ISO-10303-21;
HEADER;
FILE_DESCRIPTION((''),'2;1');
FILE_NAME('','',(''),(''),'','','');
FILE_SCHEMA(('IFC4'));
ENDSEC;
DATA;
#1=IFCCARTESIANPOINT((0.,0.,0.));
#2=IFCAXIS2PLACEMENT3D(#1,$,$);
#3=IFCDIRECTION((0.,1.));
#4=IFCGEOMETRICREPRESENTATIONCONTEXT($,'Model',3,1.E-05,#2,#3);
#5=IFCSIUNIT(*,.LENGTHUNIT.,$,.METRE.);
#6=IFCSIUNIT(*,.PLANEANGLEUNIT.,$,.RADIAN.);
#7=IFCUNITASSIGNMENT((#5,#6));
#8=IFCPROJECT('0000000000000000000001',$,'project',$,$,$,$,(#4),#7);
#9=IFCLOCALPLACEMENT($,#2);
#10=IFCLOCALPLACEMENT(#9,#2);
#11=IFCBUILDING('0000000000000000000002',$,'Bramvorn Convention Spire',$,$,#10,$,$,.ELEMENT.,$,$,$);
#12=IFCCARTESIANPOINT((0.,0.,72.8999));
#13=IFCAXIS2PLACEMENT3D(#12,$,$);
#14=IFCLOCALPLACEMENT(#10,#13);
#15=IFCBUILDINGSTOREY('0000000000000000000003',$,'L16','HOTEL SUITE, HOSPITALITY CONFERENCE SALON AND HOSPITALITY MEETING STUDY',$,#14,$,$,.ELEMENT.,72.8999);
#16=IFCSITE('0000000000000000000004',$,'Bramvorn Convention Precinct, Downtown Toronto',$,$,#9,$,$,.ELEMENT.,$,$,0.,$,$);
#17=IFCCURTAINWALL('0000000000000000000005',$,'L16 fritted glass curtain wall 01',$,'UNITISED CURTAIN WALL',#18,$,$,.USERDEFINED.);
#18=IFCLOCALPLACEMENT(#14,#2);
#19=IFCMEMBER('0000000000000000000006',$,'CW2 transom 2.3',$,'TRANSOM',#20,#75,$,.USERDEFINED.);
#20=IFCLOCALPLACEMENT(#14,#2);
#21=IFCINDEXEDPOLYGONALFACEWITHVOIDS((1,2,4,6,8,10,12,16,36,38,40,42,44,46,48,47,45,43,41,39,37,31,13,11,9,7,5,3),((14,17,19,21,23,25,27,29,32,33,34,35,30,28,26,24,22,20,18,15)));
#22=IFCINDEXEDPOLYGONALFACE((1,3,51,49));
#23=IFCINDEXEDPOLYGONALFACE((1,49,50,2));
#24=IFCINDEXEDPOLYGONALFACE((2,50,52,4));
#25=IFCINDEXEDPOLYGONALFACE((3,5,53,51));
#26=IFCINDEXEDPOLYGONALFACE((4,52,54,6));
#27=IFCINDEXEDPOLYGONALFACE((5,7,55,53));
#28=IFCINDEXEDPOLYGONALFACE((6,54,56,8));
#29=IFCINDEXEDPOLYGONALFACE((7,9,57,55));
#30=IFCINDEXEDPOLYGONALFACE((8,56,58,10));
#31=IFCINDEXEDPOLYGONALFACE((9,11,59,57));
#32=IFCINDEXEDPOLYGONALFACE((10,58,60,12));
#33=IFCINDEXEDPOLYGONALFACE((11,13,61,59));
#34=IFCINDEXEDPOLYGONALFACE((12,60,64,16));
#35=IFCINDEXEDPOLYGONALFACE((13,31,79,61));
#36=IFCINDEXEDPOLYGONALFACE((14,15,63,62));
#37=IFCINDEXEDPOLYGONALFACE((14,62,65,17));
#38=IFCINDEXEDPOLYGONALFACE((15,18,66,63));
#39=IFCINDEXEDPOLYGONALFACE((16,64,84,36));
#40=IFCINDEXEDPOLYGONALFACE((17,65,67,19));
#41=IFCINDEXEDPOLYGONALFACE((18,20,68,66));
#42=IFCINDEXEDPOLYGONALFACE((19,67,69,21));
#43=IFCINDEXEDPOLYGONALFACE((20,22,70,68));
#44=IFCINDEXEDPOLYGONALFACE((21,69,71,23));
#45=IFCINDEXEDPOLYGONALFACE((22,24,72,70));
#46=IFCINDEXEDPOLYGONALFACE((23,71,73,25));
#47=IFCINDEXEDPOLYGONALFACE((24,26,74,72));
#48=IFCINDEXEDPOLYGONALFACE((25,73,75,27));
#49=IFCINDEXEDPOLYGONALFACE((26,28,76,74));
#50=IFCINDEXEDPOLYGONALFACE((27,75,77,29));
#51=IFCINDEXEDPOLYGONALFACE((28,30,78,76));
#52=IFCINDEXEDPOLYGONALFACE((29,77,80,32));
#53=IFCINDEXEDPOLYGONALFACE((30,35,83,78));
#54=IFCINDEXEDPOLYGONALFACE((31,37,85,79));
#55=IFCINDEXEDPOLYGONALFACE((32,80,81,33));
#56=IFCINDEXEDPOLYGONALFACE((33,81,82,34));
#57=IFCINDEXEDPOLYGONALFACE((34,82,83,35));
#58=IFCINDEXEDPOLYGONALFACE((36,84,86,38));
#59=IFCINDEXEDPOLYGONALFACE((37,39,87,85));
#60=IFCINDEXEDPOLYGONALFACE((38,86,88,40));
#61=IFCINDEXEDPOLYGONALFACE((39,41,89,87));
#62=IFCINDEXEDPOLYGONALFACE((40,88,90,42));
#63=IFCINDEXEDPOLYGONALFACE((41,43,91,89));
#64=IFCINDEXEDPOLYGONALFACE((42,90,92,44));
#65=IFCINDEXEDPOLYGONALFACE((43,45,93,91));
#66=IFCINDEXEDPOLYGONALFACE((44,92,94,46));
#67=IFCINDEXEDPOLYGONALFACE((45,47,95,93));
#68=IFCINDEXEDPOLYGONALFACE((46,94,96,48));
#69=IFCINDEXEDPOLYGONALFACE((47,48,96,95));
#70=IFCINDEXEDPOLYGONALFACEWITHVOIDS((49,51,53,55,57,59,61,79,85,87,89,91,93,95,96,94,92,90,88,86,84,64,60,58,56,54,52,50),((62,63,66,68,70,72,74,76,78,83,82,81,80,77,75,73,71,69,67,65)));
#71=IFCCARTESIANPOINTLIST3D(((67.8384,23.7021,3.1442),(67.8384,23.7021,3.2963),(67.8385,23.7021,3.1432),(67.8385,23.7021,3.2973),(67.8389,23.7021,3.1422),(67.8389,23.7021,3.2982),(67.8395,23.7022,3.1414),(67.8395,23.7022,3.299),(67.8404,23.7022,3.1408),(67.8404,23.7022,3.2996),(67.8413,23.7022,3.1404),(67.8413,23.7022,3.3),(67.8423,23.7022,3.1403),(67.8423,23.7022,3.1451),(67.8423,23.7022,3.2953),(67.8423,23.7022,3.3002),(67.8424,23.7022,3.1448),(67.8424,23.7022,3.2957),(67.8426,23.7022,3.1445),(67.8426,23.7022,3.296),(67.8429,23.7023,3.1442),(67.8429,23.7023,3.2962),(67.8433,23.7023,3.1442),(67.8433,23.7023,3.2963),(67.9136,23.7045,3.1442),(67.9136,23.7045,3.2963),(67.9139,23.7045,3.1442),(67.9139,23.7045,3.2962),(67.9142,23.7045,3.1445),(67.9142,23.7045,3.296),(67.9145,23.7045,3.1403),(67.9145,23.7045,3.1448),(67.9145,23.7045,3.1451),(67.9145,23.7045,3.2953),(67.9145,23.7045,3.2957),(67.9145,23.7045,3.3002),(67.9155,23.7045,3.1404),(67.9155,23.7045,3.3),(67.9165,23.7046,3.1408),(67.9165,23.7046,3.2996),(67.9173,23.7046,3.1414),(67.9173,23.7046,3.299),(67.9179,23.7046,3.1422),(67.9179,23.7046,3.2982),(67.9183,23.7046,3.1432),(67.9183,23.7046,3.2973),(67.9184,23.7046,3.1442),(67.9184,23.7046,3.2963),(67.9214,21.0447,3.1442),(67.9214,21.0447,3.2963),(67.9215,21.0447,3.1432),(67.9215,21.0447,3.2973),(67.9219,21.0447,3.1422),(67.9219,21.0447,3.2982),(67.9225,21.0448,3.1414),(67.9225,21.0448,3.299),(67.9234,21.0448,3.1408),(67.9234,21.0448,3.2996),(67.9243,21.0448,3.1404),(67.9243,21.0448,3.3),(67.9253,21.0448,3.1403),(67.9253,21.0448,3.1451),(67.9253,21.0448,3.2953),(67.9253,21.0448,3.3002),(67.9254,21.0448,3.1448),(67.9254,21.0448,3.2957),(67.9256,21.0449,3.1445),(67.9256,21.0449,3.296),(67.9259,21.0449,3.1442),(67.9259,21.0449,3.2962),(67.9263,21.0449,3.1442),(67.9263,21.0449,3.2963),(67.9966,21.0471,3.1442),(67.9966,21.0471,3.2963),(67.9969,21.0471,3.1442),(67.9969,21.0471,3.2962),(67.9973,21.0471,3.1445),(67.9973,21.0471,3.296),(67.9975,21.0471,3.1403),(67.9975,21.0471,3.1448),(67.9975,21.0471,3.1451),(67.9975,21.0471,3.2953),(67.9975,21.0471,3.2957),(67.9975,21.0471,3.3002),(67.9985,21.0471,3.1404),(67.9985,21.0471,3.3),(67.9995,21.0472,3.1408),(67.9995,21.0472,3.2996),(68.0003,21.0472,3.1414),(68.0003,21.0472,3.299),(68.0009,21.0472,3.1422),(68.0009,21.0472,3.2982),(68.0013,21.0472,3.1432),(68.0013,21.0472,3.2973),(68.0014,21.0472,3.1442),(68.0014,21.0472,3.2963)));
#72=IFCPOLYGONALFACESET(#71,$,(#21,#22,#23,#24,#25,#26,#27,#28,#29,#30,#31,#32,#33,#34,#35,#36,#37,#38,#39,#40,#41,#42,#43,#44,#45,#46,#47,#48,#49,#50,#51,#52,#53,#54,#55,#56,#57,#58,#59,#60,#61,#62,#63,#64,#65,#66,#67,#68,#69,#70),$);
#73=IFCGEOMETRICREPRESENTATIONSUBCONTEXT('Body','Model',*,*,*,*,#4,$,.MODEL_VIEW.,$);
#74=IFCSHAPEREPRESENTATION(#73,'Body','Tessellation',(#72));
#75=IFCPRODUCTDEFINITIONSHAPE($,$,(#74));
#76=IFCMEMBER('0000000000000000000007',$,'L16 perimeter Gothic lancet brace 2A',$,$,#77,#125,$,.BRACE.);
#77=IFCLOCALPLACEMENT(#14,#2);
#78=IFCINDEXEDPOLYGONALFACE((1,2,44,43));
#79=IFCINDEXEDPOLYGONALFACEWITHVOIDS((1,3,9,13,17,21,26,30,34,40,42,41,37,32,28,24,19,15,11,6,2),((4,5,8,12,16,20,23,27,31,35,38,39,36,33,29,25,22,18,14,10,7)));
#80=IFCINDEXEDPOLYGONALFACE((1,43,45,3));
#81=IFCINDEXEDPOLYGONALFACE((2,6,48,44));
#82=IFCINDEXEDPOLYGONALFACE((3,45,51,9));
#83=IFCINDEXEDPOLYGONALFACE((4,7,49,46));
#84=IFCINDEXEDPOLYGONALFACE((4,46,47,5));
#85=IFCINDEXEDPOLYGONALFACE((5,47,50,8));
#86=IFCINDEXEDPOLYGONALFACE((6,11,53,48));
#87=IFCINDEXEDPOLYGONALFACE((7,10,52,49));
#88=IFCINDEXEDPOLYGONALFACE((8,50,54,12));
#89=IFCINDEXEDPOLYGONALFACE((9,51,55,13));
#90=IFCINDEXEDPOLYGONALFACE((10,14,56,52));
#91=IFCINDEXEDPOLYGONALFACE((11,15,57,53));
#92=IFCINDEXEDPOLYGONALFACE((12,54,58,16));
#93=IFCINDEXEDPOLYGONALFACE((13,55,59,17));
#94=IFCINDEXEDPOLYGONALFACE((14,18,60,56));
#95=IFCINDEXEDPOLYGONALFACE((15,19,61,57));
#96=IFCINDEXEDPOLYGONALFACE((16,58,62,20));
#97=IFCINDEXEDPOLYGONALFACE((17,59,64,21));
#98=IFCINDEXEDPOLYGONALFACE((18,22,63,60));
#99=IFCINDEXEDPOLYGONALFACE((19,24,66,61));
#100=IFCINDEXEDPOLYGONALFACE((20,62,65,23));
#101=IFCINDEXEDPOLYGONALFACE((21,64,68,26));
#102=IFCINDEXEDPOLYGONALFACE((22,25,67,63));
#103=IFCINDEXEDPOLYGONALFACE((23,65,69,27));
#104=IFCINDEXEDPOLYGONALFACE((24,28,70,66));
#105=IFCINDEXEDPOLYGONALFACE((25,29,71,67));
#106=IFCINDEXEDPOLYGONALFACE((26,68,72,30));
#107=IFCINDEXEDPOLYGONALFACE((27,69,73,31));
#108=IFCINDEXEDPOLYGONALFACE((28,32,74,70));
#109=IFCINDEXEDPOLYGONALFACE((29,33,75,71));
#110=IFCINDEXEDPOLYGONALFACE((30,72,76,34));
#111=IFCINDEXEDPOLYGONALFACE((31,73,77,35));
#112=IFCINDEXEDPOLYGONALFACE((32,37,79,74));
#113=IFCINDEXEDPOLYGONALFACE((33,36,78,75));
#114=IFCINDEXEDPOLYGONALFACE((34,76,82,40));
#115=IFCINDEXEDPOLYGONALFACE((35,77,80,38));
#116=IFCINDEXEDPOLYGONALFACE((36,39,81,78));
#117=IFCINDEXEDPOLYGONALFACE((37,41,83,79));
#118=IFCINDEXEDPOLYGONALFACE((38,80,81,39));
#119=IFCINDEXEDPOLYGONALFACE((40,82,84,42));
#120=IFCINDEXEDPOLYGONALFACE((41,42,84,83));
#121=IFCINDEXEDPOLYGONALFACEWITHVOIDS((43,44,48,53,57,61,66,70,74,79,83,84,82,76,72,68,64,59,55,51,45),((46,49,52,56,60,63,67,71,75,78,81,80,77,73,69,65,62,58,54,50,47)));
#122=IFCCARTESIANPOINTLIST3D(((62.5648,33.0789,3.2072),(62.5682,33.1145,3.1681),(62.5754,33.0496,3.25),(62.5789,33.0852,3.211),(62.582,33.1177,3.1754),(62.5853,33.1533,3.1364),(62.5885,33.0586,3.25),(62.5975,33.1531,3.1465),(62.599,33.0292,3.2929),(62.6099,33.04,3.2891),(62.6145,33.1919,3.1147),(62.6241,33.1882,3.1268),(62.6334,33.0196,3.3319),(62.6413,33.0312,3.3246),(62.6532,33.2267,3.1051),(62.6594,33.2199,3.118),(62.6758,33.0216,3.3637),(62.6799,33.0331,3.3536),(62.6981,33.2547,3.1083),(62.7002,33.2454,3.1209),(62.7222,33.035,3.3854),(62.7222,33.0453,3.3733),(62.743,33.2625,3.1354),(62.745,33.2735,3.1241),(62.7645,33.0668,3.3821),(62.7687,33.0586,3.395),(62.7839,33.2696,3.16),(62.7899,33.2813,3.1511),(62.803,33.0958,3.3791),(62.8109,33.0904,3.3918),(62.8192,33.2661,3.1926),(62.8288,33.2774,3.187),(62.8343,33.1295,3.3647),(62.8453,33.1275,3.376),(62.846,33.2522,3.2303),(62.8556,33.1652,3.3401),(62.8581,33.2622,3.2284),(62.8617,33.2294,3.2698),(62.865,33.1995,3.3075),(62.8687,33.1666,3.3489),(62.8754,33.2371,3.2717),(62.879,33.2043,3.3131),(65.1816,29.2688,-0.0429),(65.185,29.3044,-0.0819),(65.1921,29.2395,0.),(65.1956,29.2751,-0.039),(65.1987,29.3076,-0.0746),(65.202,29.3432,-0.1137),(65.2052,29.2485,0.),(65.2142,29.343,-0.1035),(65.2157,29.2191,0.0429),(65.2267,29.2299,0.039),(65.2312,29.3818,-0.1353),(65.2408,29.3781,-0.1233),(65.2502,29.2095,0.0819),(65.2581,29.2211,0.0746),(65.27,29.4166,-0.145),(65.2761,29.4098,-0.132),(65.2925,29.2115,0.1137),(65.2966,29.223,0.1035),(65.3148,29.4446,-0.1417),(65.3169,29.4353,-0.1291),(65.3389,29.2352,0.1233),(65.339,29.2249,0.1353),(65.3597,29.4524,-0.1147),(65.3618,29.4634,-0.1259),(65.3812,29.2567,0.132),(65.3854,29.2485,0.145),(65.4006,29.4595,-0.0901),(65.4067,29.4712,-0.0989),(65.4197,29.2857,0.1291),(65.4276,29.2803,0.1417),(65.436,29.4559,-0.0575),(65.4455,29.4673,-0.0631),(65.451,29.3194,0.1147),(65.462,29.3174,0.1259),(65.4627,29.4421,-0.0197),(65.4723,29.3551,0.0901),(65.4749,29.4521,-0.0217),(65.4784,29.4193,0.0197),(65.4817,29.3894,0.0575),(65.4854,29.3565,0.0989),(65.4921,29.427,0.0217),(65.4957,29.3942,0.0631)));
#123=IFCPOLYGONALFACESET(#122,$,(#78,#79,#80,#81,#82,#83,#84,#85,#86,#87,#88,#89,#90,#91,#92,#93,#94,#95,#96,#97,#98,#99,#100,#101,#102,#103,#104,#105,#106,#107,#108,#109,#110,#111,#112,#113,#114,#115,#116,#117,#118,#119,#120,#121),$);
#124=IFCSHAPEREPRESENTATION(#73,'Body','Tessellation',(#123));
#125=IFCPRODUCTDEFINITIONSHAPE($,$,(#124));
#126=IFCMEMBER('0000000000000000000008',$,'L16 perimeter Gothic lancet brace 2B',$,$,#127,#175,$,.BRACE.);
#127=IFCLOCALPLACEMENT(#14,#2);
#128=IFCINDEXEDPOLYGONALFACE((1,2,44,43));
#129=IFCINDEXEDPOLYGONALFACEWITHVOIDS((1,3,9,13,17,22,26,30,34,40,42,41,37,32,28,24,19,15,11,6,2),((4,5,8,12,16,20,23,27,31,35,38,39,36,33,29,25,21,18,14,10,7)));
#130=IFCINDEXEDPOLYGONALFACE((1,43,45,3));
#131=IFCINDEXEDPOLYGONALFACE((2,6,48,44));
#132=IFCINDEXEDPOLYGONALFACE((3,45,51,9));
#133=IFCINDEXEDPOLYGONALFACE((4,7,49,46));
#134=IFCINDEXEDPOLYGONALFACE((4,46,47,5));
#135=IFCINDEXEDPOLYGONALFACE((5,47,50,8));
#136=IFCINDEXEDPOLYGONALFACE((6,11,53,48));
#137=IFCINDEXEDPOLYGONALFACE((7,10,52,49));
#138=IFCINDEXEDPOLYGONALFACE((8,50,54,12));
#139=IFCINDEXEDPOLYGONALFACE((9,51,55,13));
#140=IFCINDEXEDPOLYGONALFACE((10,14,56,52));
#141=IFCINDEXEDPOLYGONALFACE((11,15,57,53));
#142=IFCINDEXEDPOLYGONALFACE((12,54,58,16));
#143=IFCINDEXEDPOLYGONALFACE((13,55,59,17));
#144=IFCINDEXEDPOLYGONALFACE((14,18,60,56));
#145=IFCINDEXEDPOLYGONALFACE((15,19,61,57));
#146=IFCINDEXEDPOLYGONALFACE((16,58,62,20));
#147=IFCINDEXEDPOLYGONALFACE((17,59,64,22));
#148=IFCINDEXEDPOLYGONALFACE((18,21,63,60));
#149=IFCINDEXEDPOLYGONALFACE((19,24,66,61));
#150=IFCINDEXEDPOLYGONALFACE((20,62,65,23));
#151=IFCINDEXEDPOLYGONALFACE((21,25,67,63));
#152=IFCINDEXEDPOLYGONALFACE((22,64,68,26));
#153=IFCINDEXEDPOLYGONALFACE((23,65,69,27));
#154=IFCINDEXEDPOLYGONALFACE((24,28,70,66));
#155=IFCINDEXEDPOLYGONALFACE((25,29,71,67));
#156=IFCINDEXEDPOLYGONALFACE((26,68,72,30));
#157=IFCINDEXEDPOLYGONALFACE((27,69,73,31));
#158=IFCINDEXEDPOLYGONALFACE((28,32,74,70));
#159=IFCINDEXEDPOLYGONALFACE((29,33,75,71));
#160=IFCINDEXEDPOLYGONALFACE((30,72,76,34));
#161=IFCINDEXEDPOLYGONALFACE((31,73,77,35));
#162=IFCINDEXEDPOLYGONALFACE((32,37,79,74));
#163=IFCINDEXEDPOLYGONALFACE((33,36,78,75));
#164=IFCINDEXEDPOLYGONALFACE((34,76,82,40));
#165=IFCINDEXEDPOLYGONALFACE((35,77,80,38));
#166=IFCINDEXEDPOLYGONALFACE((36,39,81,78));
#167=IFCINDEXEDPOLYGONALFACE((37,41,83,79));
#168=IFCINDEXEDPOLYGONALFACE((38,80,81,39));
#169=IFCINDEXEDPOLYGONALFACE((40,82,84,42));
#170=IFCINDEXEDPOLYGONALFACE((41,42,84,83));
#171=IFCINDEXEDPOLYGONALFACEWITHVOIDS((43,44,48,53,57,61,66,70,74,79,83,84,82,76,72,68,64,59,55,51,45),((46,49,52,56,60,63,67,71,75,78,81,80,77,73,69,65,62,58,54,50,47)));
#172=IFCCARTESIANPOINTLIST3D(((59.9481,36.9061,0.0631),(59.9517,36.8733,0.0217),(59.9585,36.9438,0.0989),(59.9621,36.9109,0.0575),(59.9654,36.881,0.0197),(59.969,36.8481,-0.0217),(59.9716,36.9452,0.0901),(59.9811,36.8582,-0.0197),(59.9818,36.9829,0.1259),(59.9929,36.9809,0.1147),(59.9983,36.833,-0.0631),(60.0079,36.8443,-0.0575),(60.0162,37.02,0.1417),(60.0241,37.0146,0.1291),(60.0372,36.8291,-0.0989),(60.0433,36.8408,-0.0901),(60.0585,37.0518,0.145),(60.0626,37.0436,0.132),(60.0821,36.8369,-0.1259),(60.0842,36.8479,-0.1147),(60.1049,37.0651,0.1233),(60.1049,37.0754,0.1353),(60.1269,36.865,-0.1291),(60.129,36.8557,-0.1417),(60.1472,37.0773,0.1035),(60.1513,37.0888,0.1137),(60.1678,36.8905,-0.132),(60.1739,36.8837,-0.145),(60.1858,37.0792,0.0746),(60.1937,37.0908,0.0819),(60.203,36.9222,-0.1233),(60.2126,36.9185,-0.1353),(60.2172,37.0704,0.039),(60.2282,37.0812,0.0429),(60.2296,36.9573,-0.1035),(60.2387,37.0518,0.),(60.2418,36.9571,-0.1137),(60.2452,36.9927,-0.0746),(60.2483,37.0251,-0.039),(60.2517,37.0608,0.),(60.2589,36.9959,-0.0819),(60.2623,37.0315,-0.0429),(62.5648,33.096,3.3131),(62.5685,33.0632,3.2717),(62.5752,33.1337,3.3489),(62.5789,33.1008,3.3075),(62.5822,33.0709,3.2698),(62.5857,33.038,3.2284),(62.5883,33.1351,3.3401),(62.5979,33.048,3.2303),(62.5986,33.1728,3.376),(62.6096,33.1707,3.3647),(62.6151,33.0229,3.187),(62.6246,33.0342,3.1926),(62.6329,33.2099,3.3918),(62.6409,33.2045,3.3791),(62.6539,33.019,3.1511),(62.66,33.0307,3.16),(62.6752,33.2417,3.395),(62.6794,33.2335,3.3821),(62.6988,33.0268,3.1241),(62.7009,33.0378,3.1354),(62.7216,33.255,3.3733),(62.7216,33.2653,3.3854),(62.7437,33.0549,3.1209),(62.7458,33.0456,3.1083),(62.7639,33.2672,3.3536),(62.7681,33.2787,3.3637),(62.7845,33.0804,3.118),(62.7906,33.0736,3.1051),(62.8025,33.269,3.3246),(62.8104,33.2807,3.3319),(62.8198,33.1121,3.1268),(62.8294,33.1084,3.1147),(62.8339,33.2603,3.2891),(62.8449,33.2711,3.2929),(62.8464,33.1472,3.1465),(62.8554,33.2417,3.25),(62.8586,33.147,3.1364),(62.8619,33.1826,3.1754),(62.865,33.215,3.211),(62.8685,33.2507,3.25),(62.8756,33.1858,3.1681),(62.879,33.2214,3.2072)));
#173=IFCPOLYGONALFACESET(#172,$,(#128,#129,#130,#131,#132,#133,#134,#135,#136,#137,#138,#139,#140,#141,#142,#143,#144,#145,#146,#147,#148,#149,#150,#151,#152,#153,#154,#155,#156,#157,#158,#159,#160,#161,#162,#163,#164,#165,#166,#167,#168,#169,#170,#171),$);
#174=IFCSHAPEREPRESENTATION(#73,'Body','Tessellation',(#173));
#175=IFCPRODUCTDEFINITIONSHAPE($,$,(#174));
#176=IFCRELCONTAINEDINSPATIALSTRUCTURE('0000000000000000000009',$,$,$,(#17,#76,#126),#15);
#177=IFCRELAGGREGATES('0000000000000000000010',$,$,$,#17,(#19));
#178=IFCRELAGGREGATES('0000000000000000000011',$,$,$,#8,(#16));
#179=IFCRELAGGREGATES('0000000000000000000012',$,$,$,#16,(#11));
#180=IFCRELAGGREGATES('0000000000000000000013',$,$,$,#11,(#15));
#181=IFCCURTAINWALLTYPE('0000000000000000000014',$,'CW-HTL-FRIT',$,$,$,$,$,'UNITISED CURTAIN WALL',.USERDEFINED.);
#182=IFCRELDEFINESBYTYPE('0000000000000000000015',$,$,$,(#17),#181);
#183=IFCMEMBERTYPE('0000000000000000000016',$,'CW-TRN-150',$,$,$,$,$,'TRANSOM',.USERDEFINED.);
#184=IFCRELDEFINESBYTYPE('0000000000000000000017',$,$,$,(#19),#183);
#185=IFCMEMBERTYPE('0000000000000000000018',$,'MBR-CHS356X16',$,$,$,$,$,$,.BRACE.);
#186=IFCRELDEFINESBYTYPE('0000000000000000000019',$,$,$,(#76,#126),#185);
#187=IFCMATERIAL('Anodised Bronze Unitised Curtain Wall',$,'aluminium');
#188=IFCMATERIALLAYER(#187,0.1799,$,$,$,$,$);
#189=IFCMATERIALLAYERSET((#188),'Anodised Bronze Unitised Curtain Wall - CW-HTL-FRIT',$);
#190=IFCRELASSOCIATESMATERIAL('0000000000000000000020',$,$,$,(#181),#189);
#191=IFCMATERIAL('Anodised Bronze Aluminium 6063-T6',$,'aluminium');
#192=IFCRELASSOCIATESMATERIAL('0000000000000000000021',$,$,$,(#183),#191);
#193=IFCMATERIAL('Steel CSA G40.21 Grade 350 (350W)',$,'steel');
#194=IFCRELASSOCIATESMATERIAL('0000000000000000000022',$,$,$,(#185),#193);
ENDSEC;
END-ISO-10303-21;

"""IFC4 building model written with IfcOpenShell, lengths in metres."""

from ifc_helpers import new_model, si_unit, direction, frame, origin, origin_2d, place, context, subcontext, project, spatial, hollow_rectangle, hollow_circle, extrude, material, layer, layer_set, material_profile, profile_set, type_object, element, aggregate, save


model = new_model("IFC4")

# Units and contexts
model_context = context("Model", 3, precision=1e-05, world=origin(), true_north=direction((0.0, 1.0)))
body_context = subcontext(model_context, "Body", "Model", "MODEL_VIEW")
ifc_project = project(units=[si_unit("LENGTHUNIT", "METRE"), si_unit("PLANEANGLEUNIT", "RADIAN")], contexts=[model_context])

# Site, building, storey
site_placement = place(None, origin())
site = spatial("IfcSite", under=ifc_project, at=site_placement, Name="Bramvorn Convention Precinct, Downtown Toronto", CompositionType="ELEMENT", RefElevation=0.0)
building_placement = place(site_placement, origin())
building = spatial("IfcBuilding", under=site, at=building_placement, Name="Bramvorn Convention Spire", CompositionType="ELEMENT")
storey_placement = place(building_placement, frame((0.0, 0.0, 72.8999)))
storey = spatial("IfcBuildingStorey", under=building, at=storey_placement, Name="L16", Description="HOTEL SUITE, HOSPITALITY CONFERENCE SALON AND HOSPITALITY MEETING STUDY", CompositionType="ELEMENT", Elevation=72.8999)

# Shared definitions
ifc_material_1 = material(Name="Steel CSA G40.21 Grade 350 (350W)", Category="steel")

# Curtain wall
ifc_material_2 = material(Name="Anodised Bronze Unitised Curtain Wall", Category="aluminium")
ifc_layer_1 = layer(ifc_material_2, 0.1799)
ifc_layer_set_1 = layer_set([ifc_layer_1], Name="Anodised Bronze Unitised Curtain Wall - CW-HTL-FRIT")
curtain_wall_type = type_object("IfcCurtainWallType", Name="CW-HTL-FRIT", ElementType="UNITISED CURTAIN WALL", PredefinedType="USERDEFINED", material=ifc_layer_set_1)
curtain_wall_1_placement = place(storey_placement, origin())
curtain_wall_1 = element("IfcCurtainWall", 1, at=curtain_wall_1_placement, inside=storey, type_object=curtain_wall_type, Name="L16 fritted glass curtain wall 01", ObjectType="UNITISED CURTAIN WALL", PredefinedType="USERDEFINED")
ifc_material_3 = material(Name="Anodised Bronze Aluminium 6063-T6", Category="aluminium")

# Member
ifc_material_profile_1 = material_profile(ifc_material_3, hollow_rectangle(XDim=0.0801, YDim=0.1599, WallThickness=0.0039, InnerFilletRadius=0.001, OuterFilletRadius=0.0039, at=origin_2d()))
ifc_profile_set_1 = profile_set([ifc_material_profile_1], Name="Anodised Bronze Aluminium 6063-T6 - CWT80X160")
member_type_1 = type_object("IfcMemberType", Name="CW-TRN-150", ElementType="TRANSOM", PredefinedType="USERDEFINED", material=ifc_profile_set_1)
member_1_placement = place(storey_placement, frame((67.8784, 23.7034, 3.2202), z_axis=(0.03122, -0.999513, 0.0), x_axis=(0.999513, 0.03122, 0.0)))
member_1 = element("IfcMember", 2, at=member_1_placement, type_object=member_type_1, Name="CW2 transom 2.3", ObjectType="TRANSOM", PredefinedType="USERDEFINED", context=body_context, shape_type="SweptSolid", body=[
    extrude(hollow_rectangle(XDim=0.0801, YDim=0.1599, WallThickness=0.0039, InnerFilletRadius=0.001, OuterFilletRadius=0.0039, at=origin_2d()), origin(), (0.0, 0.0, 1.0), 2.6587),
])

# Members
ifc_material_profile_2 = material_profile(ifc_material_1, hollow_circle(Radius=0.1777, WallThickness=0.0159, at=origin_2d()))
ifc_profile_set_2 = profile_set([ifc_material_profile_2], Name="Steel CSA G40.21 Grade 350 (350W) - CHS356X16")
member_type_2 = type_object("IfcMemberType", Name="MBR-CHS356X16", PredefinedType="BRACE", material=ifc_profile_set_2)
for number, where, z_axis, x_axis, name in (
    (3, (65.3386, 29.3401, 0.0), (-0.463106, 0.674308, 0.575188), (-0.824316, -0.56613, 0.0), "L16 perimeter Gothic lancet brace 2A"),
    (4, (60.1052, 36.9602, 0.0), (0.463106, -0.674308, 0.575188), (0.824316, 0.56613, 0.0), "L16 perimeter Gothic lancet brace 2B"),
):
    element("IfcMember", number, at=place(storey_placement, frame(where, z_axis=z_axis, x_axis=x_axis)), inside=storey, type_object=member_type_2, Name=name, PredefinedType="BRACE", context=body_context, shape_type="SweptSolid", body=[
        extrude(hollow_circle(Radius=0.1777, WallThickness=0.0159, at=origin_2d()), origin(), (0.0, 0.0, 1.0), 5.6504),
    ])

aggregate(curtain_wall_1, [member_1])

save(model, "model.ifc")
